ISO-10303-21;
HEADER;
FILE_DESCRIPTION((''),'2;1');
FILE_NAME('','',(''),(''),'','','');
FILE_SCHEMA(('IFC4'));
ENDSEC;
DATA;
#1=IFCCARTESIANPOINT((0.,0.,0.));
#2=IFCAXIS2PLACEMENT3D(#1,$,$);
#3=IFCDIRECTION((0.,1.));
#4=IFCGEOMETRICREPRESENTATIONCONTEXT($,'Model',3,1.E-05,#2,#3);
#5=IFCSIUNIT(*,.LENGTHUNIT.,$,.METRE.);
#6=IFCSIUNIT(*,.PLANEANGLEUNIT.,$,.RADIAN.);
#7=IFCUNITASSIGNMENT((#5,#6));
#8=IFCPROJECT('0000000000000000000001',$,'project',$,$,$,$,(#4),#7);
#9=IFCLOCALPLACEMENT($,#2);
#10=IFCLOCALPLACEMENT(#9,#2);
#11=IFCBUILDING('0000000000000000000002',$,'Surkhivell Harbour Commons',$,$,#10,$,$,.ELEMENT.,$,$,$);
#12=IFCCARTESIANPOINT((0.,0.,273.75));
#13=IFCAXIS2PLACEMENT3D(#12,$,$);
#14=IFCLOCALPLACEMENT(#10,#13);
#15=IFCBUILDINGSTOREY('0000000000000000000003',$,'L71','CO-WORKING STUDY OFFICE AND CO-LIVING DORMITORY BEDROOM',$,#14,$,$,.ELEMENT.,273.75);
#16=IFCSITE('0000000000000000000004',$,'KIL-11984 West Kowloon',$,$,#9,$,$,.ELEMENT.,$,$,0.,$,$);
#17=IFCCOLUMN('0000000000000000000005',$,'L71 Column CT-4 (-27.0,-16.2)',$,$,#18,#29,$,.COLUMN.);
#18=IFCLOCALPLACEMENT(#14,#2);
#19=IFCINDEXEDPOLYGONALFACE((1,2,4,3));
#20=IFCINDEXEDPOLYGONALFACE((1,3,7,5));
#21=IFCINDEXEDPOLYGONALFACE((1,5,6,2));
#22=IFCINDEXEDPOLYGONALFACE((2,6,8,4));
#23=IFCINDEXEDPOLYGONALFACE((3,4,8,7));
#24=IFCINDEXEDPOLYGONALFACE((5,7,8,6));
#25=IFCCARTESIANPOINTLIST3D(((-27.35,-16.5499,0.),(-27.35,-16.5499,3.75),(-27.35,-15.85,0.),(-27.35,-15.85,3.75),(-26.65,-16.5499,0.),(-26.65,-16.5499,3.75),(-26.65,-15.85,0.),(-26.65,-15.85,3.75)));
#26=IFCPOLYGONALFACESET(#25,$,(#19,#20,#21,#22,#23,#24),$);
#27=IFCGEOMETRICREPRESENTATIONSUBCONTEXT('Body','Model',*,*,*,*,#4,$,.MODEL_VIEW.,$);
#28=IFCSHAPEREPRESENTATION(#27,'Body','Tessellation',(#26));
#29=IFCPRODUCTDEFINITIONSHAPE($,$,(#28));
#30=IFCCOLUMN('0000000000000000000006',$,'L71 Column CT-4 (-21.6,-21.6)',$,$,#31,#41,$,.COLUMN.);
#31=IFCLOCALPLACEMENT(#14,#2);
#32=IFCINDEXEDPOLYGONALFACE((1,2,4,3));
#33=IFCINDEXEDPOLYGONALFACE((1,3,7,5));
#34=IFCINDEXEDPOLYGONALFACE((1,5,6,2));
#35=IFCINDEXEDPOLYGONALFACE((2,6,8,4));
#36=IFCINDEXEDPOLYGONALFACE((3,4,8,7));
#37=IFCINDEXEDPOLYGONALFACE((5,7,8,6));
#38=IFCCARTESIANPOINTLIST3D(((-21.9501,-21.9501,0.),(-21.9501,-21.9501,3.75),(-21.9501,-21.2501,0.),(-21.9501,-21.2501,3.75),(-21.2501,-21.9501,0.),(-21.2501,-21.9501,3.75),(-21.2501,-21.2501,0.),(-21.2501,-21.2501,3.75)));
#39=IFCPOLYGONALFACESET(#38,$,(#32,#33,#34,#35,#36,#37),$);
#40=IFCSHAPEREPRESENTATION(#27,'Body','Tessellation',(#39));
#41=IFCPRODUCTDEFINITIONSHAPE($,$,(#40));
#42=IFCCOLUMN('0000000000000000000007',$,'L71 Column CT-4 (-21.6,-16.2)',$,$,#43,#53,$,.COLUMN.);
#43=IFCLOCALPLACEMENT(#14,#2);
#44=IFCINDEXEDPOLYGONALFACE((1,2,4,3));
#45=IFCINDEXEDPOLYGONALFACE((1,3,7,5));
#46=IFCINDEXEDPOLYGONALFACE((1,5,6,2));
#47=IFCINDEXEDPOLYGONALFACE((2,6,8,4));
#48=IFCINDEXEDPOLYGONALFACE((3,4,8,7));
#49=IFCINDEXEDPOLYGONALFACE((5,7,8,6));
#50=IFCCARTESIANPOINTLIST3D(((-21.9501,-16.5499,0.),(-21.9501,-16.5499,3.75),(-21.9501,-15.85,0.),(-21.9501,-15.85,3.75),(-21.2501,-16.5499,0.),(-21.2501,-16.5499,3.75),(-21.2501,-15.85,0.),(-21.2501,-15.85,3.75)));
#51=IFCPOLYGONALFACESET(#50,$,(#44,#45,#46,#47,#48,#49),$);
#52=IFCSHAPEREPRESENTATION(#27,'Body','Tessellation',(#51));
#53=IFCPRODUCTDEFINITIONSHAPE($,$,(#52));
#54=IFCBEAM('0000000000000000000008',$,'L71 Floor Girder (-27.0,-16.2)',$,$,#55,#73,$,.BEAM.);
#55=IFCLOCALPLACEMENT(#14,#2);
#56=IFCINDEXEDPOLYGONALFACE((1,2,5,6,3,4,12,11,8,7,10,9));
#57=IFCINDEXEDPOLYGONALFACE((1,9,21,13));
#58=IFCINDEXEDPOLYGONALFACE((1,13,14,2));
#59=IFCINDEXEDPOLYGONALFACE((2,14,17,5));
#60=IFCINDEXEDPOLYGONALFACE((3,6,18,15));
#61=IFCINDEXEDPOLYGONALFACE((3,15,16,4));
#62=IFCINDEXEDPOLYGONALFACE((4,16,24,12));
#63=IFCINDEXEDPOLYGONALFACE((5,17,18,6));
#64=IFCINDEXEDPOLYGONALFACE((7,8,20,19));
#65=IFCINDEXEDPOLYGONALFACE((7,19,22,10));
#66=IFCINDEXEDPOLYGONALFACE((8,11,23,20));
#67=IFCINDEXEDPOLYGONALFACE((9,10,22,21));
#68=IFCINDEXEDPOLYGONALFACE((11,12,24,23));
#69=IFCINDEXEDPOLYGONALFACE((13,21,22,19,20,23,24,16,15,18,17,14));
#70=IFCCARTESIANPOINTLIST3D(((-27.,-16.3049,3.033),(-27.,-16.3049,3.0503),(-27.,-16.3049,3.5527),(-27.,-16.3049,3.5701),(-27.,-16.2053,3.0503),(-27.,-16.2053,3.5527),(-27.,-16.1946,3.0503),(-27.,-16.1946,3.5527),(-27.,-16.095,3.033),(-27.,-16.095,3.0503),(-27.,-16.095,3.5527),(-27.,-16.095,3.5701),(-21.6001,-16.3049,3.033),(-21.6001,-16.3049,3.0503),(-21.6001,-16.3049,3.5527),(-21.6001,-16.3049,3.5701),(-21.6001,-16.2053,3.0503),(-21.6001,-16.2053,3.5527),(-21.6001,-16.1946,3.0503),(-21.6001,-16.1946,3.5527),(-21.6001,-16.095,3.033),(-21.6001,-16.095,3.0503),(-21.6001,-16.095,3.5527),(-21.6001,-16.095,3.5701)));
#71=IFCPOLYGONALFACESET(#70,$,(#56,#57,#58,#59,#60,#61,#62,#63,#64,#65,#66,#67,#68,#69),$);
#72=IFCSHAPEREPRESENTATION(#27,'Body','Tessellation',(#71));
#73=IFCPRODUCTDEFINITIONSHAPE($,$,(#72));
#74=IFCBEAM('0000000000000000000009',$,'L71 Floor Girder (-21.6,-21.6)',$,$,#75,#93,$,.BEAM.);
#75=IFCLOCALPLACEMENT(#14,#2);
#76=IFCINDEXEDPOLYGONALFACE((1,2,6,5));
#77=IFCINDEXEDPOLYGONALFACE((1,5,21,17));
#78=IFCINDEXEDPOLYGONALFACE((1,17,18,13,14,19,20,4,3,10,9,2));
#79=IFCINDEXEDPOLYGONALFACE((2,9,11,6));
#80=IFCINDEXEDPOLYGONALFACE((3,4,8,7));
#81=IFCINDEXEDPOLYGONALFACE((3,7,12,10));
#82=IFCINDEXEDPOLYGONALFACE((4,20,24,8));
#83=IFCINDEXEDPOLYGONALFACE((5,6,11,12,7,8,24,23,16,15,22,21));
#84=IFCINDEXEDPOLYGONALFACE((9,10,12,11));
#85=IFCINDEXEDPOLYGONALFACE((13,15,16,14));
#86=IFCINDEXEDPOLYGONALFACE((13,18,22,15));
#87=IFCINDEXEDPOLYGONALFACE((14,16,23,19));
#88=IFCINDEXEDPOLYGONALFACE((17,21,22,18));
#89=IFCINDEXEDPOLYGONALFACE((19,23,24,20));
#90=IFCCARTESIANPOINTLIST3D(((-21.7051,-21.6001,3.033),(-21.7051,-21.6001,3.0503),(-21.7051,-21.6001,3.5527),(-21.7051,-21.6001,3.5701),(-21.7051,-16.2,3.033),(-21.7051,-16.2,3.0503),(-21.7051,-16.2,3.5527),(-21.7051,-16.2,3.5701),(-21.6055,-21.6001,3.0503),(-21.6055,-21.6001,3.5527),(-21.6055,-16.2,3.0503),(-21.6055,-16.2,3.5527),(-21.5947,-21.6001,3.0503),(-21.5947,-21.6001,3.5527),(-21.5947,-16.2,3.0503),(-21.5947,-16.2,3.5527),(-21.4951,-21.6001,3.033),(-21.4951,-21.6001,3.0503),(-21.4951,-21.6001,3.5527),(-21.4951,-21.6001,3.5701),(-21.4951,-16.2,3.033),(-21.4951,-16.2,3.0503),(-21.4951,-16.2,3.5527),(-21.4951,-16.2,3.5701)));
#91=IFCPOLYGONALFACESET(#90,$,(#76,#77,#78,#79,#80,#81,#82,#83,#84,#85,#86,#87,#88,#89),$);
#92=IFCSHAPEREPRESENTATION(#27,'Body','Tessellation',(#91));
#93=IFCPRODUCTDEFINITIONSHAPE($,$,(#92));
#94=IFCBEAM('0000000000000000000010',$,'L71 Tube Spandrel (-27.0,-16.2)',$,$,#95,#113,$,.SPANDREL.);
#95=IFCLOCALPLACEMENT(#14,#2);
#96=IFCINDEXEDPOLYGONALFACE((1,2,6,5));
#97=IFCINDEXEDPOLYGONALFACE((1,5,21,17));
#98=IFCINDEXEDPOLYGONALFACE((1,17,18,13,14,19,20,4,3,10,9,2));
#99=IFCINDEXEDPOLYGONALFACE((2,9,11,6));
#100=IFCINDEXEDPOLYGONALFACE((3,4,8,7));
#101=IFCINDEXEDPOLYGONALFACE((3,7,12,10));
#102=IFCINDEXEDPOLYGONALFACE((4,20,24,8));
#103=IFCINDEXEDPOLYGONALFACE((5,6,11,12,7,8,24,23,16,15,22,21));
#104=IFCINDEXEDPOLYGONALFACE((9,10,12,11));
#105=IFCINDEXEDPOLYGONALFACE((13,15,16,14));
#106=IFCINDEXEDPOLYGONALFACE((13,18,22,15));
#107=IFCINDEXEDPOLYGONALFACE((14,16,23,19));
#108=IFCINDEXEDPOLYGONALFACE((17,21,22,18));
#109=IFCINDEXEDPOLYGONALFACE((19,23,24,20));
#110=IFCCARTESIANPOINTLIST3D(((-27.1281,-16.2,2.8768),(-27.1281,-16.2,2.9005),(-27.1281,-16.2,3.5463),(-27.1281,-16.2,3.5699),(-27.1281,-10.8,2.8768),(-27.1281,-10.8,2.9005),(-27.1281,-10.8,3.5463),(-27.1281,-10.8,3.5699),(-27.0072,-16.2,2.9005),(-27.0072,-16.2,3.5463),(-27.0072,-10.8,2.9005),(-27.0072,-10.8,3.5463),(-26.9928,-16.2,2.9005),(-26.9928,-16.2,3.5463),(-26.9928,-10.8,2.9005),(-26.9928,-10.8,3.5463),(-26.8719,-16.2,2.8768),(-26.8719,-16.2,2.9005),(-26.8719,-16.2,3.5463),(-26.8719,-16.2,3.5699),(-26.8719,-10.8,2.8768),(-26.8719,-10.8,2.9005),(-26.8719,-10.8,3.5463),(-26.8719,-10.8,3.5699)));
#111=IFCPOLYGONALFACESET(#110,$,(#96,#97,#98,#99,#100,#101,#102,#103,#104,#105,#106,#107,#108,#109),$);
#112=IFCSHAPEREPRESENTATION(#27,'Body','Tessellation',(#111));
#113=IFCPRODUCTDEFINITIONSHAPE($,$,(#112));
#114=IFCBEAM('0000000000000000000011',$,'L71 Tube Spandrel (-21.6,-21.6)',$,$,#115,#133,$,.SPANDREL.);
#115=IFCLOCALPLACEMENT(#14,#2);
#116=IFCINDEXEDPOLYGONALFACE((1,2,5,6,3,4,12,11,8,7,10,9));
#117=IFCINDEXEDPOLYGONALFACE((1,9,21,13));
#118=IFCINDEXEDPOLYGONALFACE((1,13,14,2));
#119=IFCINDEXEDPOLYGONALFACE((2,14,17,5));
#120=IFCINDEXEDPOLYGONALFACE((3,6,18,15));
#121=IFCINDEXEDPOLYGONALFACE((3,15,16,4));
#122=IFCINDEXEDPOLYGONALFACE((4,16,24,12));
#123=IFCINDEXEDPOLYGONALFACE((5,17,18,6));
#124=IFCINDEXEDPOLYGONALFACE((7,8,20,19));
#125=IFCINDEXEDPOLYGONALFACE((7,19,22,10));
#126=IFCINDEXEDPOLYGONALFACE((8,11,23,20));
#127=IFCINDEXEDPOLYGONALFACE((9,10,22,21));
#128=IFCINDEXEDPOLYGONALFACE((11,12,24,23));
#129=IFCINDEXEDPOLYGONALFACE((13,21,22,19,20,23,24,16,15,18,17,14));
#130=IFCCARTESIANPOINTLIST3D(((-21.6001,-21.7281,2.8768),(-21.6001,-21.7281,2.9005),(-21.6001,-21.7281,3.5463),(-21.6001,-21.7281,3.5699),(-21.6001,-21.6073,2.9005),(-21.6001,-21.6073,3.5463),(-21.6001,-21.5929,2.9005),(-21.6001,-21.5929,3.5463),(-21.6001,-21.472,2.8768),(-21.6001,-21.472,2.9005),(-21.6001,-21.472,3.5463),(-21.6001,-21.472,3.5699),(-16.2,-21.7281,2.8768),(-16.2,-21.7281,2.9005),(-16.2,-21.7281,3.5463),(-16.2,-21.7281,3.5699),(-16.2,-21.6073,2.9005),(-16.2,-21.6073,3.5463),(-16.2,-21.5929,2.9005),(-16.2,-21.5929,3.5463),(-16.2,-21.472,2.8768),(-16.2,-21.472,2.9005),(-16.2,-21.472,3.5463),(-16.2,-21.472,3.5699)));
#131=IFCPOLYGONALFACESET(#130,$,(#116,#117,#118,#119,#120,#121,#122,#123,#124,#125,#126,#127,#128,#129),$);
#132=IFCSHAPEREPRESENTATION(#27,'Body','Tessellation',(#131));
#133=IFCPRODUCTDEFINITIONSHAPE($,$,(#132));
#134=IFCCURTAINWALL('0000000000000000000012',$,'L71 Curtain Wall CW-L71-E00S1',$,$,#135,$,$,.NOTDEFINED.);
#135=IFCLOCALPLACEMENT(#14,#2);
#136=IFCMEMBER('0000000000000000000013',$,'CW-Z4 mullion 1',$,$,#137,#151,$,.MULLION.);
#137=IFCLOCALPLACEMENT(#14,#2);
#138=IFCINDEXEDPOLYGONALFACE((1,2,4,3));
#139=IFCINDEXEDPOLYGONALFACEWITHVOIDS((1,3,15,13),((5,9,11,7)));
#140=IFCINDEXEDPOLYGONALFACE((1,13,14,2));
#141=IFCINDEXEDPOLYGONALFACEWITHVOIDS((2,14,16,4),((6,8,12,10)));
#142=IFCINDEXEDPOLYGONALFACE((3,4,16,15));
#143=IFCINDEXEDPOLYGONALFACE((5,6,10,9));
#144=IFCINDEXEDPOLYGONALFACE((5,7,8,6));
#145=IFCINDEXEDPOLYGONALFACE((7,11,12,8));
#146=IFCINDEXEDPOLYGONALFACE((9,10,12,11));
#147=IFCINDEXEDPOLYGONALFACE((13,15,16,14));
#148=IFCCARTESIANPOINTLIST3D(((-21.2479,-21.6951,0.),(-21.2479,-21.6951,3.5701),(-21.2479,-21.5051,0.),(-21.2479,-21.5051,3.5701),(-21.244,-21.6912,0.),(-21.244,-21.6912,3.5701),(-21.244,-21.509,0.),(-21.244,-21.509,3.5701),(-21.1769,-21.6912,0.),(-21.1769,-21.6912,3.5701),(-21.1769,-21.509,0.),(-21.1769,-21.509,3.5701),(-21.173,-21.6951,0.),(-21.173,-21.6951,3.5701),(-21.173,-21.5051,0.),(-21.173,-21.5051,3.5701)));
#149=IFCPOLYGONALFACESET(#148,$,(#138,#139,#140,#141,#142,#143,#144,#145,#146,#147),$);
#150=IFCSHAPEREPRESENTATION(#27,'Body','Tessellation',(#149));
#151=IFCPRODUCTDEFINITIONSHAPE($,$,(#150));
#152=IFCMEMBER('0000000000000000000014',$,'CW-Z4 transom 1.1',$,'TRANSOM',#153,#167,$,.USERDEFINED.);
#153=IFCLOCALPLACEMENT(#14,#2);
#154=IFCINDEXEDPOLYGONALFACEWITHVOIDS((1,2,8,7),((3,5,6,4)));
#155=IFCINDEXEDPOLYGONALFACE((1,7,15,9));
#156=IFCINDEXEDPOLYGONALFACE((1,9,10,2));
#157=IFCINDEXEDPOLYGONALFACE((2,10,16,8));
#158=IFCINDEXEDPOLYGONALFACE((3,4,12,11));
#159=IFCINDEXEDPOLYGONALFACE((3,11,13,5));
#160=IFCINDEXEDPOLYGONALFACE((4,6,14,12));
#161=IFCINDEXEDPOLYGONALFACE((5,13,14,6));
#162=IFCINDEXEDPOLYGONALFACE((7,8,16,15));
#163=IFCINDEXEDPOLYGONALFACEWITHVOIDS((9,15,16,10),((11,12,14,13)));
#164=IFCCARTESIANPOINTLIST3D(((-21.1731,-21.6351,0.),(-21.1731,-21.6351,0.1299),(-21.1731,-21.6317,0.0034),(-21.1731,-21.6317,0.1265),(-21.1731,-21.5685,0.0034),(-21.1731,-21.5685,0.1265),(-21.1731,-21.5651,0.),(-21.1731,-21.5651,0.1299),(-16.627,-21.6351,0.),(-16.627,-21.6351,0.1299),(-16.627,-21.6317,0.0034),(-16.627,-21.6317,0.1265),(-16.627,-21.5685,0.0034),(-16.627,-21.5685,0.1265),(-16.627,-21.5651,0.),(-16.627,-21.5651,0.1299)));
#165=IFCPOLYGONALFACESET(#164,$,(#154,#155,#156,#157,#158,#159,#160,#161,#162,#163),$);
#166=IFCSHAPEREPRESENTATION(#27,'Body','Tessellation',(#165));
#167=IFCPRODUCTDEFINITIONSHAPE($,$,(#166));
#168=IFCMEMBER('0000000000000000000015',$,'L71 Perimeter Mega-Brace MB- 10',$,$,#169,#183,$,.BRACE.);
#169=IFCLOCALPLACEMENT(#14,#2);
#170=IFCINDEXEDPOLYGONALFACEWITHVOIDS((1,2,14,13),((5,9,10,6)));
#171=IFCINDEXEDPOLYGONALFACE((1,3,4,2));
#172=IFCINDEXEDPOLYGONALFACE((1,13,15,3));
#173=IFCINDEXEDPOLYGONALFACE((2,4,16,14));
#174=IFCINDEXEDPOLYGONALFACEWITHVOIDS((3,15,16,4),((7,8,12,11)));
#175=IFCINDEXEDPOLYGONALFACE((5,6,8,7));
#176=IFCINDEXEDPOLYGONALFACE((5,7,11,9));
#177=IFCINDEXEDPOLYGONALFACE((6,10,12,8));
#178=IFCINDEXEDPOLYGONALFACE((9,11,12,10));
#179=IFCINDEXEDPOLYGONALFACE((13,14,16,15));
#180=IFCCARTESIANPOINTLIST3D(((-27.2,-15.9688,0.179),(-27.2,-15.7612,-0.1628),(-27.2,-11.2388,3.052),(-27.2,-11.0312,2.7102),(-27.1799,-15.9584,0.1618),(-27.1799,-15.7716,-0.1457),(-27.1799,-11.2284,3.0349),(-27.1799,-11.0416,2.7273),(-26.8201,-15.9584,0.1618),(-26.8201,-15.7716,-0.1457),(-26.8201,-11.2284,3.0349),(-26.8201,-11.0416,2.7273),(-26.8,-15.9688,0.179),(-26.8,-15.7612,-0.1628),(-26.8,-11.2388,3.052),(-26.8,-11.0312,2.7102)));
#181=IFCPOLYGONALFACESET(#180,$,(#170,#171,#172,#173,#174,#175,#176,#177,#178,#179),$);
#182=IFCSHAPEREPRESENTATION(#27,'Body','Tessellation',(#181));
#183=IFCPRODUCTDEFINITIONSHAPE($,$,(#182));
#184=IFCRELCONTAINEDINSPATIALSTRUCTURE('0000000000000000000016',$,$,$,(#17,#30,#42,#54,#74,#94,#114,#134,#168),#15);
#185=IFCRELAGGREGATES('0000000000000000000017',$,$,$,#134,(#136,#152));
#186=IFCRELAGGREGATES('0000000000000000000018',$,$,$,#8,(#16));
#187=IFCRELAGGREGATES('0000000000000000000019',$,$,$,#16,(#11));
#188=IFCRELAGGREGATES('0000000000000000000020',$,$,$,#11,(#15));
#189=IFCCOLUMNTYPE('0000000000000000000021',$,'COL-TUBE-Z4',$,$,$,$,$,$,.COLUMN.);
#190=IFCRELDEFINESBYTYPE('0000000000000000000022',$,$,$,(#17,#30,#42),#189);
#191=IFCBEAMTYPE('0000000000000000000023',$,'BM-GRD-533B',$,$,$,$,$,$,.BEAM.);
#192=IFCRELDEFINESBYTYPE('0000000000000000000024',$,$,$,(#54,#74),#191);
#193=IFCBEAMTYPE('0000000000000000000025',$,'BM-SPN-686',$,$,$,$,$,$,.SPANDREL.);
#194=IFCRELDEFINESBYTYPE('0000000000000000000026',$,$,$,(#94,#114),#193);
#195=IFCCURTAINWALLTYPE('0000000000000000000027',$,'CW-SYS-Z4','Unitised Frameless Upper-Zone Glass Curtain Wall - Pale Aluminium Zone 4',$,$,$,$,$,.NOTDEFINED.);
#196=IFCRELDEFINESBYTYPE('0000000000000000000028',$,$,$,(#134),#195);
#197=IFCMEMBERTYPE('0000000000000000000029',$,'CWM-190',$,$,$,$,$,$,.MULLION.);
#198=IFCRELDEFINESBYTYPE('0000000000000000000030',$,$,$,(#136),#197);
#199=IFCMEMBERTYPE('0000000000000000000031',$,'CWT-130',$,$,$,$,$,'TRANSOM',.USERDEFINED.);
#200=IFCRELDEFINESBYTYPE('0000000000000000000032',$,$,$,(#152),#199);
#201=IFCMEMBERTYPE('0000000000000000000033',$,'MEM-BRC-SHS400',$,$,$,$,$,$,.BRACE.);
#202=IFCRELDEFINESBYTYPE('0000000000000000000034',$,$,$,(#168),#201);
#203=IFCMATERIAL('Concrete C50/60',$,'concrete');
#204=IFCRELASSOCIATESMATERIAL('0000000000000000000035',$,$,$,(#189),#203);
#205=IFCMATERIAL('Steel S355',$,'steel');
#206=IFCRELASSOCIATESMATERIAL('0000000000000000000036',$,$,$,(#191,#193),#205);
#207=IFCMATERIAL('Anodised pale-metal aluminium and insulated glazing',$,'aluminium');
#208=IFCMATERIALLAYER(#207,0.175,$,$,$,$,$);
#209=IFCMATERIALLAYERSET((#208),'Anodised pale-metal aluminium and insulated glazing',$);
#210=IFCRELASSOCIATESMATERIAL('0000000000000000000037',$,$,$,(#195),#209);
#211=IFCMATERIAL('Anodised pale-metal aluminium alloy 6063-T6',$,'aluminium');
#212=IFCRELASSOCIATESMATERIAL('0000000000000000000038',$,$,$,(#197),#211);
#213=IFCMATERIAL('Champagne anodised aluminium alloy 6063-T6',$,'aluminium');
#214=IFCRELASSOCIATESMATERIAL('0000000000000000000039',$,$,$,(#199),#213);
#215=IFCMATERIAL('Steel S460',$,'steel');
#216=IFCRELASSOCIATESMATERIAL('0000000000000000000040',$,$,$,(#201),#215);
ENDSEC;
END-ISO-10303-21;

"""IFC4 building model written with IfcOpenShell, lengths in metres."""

from ifc_helpers import new_model, si_unit, direction, frame, origin, origin_2d, place, context, subcontext, project, spatial, rectangle, hollow_rectangle, i_section, extrude, material, layer, layer_set, material_profile, profile_set, type_object, element, aggregate, save


model = new_model("IFC4")

# Units and contexts
model_context = context("Model", 3, precision=1e-05, world=origin(), true_north=direction((0.0, 1.0)))
body_context = subcontext(model_context, "Body", "Model", "MODEL_VIEW")
ifc_project = project(units=[si_unit("LENGTHUNIT", "METRE"), si_unit("PLANEANGLEUNIT", "RADIAN")], contexts=[model_context])

# Site, building, storey
site_placement = place(None, origin())
site = spatial("IfcSite", under=ifc_project, at=site_placement, Name="KIL-11984 West Kowloon", CompositionType="ELEMENT", RefElevation=0.0)
building_placement = place(site_placement, origin())
building = spatial("IfcBuilding", under=site, at=building_placement, Name="Surkhivell Harbour Commons", CompositionType="ELEMENT")
storey_placement = place(building_placement, frame((0.0, 0.0, 273.75)))
storey = spatial("IfcBuildingStorey", under=building, at=storey_placement, Name="L71", Description="CO-WORKING STUDY OFFICE AND CO-LIVING DORMITORY BEDROOM", CompositionType="ELEMENT", Elevation=273.75)

# Columns
ifc_material_1 = material(Name="Concrete C50/60", Category="concrete")
ifc_material_profile_1 = material_profile(ifc_material_1, rectangle(XDim=0.7, YDim=0.7, at=origin_2d()), Name="RC-COL-700x700")
ifc_profile_set_1 = profile_set([ifc_material_profile_1], Name="Concrete C50/60")
column_type = type_object("IfcColumnType", Name="COL-TUBE-Z4", PredefinedType="COLUMN", material=ifc_profile_set_1)
for number, where, z_axis, x_axis, name in (
    (1, (-27.0, -16.2, 0.0), (0.0, 0.0, 1.0), (1.0, 0.0, 0.0), "L71 Column CT-4 (-27.0,-16.2)"),
    (2, (-21.6001, -21.6001, 0.0), (0.0, 0.0, 1.0), (1.0, 0.0, 0.0), "L71 Column CT-4 (-21.6,-21.6)"),
    (3, (-21.6001, -16.2, 0.0), (0.0, 0.0, 1.0), (1.0, 0.0, 0.0), "L71 Column CT-4 (-21.6,-16.2)"),
):
    element("IfcColumn", number, at=place(storey_placement, frame(where, z_axis=z_axis, x_axis=x_axis)), inside=storey, type_object=column_type, Name=name, PredefinedType="COLUMN", context=body_context, shape_type="SweptSolid", body=[
        extrude(rectangle(XDim=0.7, YDim=0.7, at=origin_2d()), origin(), (0.0, 0.0, 1.0), 3.75),
    ])

# Beams
ifc_material_2 = material(Name="Steel S355", Category="steel")
ifc_material_profile_2 = material_profile(ifc_material_2, i_section(OverallWidth=0.21, OverallDepth=0.5371, WebThickness=0.0107, FlangeThickness=0.0173, at=origin_2d()), Name="UB533x210x101")
ifc_profile_set_2 = profile_set([ifc_material_profile_2], Name="Steel S355")
beam_type_1 = type_object("IfcBeamType", Name="BM-GRD-533B", PredefinedType="BEAM", material=ifc_profile_set_2)
beam_1_placement = place(storey_placement, frame((-27.0, -16.2, 3.3015), z_axis=(1.0, 0.0, 0.0), x_axis=(0.0, 1.0, 0.0)))
element("IfcBeam", 4, at=beam_1_placement, inside=storey, type_object=beam_type_1, Name="L71 Floor Girder (-27.0,-16.2)", PredefinedType="BEAM", context=body_context, shape_type="SweptSolid", body=[
    extrude(i_section(OverallWidth=0.21, OverallDepth=0.5371, WebThickness=0.0107, FlangeThickness=0.0173, at=origin_2d()), origin(), (0.0, 0.0, 1.0), 5.3999),
])
beam_2_placement = place(storey_placement, frame((-21.6001, -21.6001, 3.3015), z_axis=(0.0, 1.0, 0.0), x_axis=(-1.0, 0.0, 0.0)))
element("IfcBeam", 5, at=beam_2_placement, inside=storey, type_object=beam_type_1, Name="L71 Floor Girder (-21.6,-21.6)", PredefinedType="BEAM", context=body_context, shape_type="SweptSolid", body=[
    extrude(i_section(OverallWidth=0.21, OverallDepth=0.5371, WebThickness=0.0107, FlangeThickness=0.0173, at=origin_2d()), origin(), (0.0, 0.0, 1.0), 5.4001),
])
ifc_material_profile_3 = material_profile(ifc_material_2, i_section(OverallWidth=0.2561, OverallDepth=0.6931, WebThickness=0.0144, FlangeThickness=0.0237, at=origin_2d()), Name="UB686x254x170")
ifc_profile_set_3 = profile_set([ifc_material_profile_3], Name="Steel S355")
beam_type_2 = type_object("IfcBeamType", Name="BM-SPN-686", PredefinedType="SPANDREL", material=ifc_profile_set_3)
beam_3_placement = place(storey_placement, frame((-27.0, -16.2, 3.2234), z_axis=(0.0, 1.0, 0.0), x_axis=(-1.0, 0.0, 0.0)))
element("IfcBeam", 6, at=beam_3_placement, inside=storey, type_object=beam_type_2, Name="L71 Tube Spandrel (-27.0,-16.2)", PredefinedType="SPANDREL", context=body_context, shape_type="SweptSolid", body=[
    extrude(i_section(OverallWidth=0.2561, OverallDepth=0.6931, WebThickness=0.0144, FlangeThickness=0.0237, at=origin_2d()), origin(), (0.0, 0.0, 1.0), 5.3999),
])
beam_4_placement = place(storey_placement, frame((-21.6001, -21.6001, 3.2234), z_axis=(1.0, 0.0, 0.0), x_axis=(0.0, 1.0, 0.0)))
element("IfcBeam", 7, at=beam_4_placement, inside=storey, type_object=beam_type_2, Name="L71 Tube Spandrel (-21.6,-21.6)", PredefinedType="SPANDREL", context=body_context, shape_type="SweptSolid", body=[
    extrude(i_section(OverallWidth=0.2561, OverallDepth=0.6931, WebThickness=0.0144, FlangeThickness=0.0237, at=origin_2d()), origin(), (0.0, 0.0, 1.0), 5.4001),
])

# Curtain wall, members
ifc_material_3 = material(Name="Anodised pale-metal aluminium and insulated glazing", Category="aluminium")
ifc_layer_1 = layer(ifc_material_3, 0.175)
ifc_layer_set_1 = layer_set([ifc_layer_1], Name="Anodised pale-metal aluminium and insulated glazing")
curtain_wall_type = type_object("IfcCurtainWallType", Name="CW-SYS-Z4", Description="Unitised Frameless Upper-Zone Glass Curtain Wall - Pale Aluminium Zone 4", PredefinedType="NOTDEFINED", material=ifc_layer_set_1)
curtain_wall_placement = place(storey_placement, origin())
curtain_wall = element("IfcCurtainWall", 8, at=curtain_wall_placement, inside=storey, type_object=curtain_wall_type, Name="L71 Curtain Wall CW-L71-E00S1", PredefinedType="NOTDEFINED")
ifc_material_4 = material(Name="Anodised pale-metal aluminium alloy 6063-T6", Category="aluminium")
ifc_material_profile_4 = material_profile(ifc_material_4, hollow_rectangle(XDim=0.075, YDim=0.1899, WallThickness=0.0039, at=origin_2d()), Name="ALU-MULL-75x190")
ifc_profile_set_4 = profile_set([ifc_material_profile_4], Name="Anodised pale-metal aluminium alloy 6063-T6")
member_type_1 = type_object("IfcMemberType", Name="CWM-190", PredefinedType="MULLION", material=ifc_profile_set_4)
member_1_placement = place(storey_placement, frame((-21.2104, -21.6001, 0.0), z_axis=(0.0, 0.0, 1.0), x_axis=(1.0, 0.0, 0.0)))
member_1 = element("IfcMember", 9, at=member_1_placement, type_object=member_type_1, Name="CW-Z4 mullion 1", PredefinedType="MULLION", context=body_context, shape_type="SweptSolid", body=[
    extrude(hollow_rectangle(XDim=0.075, YDim=0.1899, WallThickness=0.0039, at=origin_2d()), origin(), (0.0, 0.0, 1.0), 3.5701),
])
ifc_material_5 = material(Name="Champagne anodised aluminium alloy 6063-T6", Category="aluminium")
ifc_material_profile_5 = material_profile(ifc_material_5, hollow_rectangle(XDim=0.0701, YDim=0.1299, WallThickness=0.0034, at=origin_2d()), Name="ALU-TRAN-70x130")
ifc_profile_set_5 = profile_set([ifc_material_profile_5], Name="Champagne anodised aluminium alloy 6063-T6")
member_type_2 = type_object("IfcMemberType", Name="CWT-130", ElementType="TRANSOM", PredefinedType="USERDEFINED", material=ifc_profile_set_5)
member_2_placement = place(storey_placement, frame((-21.1731, -21.6001, 0.0649), z_axis=(1.0, 0.0, 0.0), x_axis=(0.0, 1.0, 0.0)))
member_2 = element("IfcMember", 10, at=member_2_placement, type_object=member_type_2, Name="CW-Z4 transom 1.1", ObjectType="TRANSOM", PredefinedType="USERDEFINED", context=body_context, shape_type="SweptSolid", body=[
    extrude(hollow_rectangle(XDim=0.0701, YDim=0.1299, WallThickness=0.0034, at=origin_2d()), origin(), (0.0, 0.0, 1.0), 4.5461),
])

# Member
ifc_material_6 = material(Name="Steel S460", Category="steel")
ifc_material_profile_6 = material_profile(ifc_material_6, hollow_rectangle(XDim=0.3999, YDim=0.3999, WallThickness=0.02, at=origin_2d()), Name="SHS400x400x20")
ifc_profile_set_6 = profile_set([ifc_material_profile_6], Name="Steel S460")
member_type_3 = type_object("IfcMemberType", Name="MEM-BRC-SHS400", PredefinedType="BRACE", material=ifc_profile_set_6)
member_3_placement = place(storey_placement, frame((-27.0, -15.865, 0.0081), z_axis=(0.0, 0.854685, 0.519146), x_axis=(-1.0, 0.0, 0.0)))
element("IfcMember", 11, at=member_3_placement, inside=storey, type_object=member_type_3, Name="L71 Perimeter Mega-Brace MB- 10", PredefinedType="BRACE", context=body_context, shape_type="SweptSolid", body=[
    extrude(hollow_rectangle(XDim=0.3999, YDim=0.3999, WallThickness=0.02, at=origin_2d()), origin(), (0.0, 0.0, 1.0), 5.5342),
])

aggregate(curtain_wall, [member_1, member_2])

save(model, "model.ifc")
